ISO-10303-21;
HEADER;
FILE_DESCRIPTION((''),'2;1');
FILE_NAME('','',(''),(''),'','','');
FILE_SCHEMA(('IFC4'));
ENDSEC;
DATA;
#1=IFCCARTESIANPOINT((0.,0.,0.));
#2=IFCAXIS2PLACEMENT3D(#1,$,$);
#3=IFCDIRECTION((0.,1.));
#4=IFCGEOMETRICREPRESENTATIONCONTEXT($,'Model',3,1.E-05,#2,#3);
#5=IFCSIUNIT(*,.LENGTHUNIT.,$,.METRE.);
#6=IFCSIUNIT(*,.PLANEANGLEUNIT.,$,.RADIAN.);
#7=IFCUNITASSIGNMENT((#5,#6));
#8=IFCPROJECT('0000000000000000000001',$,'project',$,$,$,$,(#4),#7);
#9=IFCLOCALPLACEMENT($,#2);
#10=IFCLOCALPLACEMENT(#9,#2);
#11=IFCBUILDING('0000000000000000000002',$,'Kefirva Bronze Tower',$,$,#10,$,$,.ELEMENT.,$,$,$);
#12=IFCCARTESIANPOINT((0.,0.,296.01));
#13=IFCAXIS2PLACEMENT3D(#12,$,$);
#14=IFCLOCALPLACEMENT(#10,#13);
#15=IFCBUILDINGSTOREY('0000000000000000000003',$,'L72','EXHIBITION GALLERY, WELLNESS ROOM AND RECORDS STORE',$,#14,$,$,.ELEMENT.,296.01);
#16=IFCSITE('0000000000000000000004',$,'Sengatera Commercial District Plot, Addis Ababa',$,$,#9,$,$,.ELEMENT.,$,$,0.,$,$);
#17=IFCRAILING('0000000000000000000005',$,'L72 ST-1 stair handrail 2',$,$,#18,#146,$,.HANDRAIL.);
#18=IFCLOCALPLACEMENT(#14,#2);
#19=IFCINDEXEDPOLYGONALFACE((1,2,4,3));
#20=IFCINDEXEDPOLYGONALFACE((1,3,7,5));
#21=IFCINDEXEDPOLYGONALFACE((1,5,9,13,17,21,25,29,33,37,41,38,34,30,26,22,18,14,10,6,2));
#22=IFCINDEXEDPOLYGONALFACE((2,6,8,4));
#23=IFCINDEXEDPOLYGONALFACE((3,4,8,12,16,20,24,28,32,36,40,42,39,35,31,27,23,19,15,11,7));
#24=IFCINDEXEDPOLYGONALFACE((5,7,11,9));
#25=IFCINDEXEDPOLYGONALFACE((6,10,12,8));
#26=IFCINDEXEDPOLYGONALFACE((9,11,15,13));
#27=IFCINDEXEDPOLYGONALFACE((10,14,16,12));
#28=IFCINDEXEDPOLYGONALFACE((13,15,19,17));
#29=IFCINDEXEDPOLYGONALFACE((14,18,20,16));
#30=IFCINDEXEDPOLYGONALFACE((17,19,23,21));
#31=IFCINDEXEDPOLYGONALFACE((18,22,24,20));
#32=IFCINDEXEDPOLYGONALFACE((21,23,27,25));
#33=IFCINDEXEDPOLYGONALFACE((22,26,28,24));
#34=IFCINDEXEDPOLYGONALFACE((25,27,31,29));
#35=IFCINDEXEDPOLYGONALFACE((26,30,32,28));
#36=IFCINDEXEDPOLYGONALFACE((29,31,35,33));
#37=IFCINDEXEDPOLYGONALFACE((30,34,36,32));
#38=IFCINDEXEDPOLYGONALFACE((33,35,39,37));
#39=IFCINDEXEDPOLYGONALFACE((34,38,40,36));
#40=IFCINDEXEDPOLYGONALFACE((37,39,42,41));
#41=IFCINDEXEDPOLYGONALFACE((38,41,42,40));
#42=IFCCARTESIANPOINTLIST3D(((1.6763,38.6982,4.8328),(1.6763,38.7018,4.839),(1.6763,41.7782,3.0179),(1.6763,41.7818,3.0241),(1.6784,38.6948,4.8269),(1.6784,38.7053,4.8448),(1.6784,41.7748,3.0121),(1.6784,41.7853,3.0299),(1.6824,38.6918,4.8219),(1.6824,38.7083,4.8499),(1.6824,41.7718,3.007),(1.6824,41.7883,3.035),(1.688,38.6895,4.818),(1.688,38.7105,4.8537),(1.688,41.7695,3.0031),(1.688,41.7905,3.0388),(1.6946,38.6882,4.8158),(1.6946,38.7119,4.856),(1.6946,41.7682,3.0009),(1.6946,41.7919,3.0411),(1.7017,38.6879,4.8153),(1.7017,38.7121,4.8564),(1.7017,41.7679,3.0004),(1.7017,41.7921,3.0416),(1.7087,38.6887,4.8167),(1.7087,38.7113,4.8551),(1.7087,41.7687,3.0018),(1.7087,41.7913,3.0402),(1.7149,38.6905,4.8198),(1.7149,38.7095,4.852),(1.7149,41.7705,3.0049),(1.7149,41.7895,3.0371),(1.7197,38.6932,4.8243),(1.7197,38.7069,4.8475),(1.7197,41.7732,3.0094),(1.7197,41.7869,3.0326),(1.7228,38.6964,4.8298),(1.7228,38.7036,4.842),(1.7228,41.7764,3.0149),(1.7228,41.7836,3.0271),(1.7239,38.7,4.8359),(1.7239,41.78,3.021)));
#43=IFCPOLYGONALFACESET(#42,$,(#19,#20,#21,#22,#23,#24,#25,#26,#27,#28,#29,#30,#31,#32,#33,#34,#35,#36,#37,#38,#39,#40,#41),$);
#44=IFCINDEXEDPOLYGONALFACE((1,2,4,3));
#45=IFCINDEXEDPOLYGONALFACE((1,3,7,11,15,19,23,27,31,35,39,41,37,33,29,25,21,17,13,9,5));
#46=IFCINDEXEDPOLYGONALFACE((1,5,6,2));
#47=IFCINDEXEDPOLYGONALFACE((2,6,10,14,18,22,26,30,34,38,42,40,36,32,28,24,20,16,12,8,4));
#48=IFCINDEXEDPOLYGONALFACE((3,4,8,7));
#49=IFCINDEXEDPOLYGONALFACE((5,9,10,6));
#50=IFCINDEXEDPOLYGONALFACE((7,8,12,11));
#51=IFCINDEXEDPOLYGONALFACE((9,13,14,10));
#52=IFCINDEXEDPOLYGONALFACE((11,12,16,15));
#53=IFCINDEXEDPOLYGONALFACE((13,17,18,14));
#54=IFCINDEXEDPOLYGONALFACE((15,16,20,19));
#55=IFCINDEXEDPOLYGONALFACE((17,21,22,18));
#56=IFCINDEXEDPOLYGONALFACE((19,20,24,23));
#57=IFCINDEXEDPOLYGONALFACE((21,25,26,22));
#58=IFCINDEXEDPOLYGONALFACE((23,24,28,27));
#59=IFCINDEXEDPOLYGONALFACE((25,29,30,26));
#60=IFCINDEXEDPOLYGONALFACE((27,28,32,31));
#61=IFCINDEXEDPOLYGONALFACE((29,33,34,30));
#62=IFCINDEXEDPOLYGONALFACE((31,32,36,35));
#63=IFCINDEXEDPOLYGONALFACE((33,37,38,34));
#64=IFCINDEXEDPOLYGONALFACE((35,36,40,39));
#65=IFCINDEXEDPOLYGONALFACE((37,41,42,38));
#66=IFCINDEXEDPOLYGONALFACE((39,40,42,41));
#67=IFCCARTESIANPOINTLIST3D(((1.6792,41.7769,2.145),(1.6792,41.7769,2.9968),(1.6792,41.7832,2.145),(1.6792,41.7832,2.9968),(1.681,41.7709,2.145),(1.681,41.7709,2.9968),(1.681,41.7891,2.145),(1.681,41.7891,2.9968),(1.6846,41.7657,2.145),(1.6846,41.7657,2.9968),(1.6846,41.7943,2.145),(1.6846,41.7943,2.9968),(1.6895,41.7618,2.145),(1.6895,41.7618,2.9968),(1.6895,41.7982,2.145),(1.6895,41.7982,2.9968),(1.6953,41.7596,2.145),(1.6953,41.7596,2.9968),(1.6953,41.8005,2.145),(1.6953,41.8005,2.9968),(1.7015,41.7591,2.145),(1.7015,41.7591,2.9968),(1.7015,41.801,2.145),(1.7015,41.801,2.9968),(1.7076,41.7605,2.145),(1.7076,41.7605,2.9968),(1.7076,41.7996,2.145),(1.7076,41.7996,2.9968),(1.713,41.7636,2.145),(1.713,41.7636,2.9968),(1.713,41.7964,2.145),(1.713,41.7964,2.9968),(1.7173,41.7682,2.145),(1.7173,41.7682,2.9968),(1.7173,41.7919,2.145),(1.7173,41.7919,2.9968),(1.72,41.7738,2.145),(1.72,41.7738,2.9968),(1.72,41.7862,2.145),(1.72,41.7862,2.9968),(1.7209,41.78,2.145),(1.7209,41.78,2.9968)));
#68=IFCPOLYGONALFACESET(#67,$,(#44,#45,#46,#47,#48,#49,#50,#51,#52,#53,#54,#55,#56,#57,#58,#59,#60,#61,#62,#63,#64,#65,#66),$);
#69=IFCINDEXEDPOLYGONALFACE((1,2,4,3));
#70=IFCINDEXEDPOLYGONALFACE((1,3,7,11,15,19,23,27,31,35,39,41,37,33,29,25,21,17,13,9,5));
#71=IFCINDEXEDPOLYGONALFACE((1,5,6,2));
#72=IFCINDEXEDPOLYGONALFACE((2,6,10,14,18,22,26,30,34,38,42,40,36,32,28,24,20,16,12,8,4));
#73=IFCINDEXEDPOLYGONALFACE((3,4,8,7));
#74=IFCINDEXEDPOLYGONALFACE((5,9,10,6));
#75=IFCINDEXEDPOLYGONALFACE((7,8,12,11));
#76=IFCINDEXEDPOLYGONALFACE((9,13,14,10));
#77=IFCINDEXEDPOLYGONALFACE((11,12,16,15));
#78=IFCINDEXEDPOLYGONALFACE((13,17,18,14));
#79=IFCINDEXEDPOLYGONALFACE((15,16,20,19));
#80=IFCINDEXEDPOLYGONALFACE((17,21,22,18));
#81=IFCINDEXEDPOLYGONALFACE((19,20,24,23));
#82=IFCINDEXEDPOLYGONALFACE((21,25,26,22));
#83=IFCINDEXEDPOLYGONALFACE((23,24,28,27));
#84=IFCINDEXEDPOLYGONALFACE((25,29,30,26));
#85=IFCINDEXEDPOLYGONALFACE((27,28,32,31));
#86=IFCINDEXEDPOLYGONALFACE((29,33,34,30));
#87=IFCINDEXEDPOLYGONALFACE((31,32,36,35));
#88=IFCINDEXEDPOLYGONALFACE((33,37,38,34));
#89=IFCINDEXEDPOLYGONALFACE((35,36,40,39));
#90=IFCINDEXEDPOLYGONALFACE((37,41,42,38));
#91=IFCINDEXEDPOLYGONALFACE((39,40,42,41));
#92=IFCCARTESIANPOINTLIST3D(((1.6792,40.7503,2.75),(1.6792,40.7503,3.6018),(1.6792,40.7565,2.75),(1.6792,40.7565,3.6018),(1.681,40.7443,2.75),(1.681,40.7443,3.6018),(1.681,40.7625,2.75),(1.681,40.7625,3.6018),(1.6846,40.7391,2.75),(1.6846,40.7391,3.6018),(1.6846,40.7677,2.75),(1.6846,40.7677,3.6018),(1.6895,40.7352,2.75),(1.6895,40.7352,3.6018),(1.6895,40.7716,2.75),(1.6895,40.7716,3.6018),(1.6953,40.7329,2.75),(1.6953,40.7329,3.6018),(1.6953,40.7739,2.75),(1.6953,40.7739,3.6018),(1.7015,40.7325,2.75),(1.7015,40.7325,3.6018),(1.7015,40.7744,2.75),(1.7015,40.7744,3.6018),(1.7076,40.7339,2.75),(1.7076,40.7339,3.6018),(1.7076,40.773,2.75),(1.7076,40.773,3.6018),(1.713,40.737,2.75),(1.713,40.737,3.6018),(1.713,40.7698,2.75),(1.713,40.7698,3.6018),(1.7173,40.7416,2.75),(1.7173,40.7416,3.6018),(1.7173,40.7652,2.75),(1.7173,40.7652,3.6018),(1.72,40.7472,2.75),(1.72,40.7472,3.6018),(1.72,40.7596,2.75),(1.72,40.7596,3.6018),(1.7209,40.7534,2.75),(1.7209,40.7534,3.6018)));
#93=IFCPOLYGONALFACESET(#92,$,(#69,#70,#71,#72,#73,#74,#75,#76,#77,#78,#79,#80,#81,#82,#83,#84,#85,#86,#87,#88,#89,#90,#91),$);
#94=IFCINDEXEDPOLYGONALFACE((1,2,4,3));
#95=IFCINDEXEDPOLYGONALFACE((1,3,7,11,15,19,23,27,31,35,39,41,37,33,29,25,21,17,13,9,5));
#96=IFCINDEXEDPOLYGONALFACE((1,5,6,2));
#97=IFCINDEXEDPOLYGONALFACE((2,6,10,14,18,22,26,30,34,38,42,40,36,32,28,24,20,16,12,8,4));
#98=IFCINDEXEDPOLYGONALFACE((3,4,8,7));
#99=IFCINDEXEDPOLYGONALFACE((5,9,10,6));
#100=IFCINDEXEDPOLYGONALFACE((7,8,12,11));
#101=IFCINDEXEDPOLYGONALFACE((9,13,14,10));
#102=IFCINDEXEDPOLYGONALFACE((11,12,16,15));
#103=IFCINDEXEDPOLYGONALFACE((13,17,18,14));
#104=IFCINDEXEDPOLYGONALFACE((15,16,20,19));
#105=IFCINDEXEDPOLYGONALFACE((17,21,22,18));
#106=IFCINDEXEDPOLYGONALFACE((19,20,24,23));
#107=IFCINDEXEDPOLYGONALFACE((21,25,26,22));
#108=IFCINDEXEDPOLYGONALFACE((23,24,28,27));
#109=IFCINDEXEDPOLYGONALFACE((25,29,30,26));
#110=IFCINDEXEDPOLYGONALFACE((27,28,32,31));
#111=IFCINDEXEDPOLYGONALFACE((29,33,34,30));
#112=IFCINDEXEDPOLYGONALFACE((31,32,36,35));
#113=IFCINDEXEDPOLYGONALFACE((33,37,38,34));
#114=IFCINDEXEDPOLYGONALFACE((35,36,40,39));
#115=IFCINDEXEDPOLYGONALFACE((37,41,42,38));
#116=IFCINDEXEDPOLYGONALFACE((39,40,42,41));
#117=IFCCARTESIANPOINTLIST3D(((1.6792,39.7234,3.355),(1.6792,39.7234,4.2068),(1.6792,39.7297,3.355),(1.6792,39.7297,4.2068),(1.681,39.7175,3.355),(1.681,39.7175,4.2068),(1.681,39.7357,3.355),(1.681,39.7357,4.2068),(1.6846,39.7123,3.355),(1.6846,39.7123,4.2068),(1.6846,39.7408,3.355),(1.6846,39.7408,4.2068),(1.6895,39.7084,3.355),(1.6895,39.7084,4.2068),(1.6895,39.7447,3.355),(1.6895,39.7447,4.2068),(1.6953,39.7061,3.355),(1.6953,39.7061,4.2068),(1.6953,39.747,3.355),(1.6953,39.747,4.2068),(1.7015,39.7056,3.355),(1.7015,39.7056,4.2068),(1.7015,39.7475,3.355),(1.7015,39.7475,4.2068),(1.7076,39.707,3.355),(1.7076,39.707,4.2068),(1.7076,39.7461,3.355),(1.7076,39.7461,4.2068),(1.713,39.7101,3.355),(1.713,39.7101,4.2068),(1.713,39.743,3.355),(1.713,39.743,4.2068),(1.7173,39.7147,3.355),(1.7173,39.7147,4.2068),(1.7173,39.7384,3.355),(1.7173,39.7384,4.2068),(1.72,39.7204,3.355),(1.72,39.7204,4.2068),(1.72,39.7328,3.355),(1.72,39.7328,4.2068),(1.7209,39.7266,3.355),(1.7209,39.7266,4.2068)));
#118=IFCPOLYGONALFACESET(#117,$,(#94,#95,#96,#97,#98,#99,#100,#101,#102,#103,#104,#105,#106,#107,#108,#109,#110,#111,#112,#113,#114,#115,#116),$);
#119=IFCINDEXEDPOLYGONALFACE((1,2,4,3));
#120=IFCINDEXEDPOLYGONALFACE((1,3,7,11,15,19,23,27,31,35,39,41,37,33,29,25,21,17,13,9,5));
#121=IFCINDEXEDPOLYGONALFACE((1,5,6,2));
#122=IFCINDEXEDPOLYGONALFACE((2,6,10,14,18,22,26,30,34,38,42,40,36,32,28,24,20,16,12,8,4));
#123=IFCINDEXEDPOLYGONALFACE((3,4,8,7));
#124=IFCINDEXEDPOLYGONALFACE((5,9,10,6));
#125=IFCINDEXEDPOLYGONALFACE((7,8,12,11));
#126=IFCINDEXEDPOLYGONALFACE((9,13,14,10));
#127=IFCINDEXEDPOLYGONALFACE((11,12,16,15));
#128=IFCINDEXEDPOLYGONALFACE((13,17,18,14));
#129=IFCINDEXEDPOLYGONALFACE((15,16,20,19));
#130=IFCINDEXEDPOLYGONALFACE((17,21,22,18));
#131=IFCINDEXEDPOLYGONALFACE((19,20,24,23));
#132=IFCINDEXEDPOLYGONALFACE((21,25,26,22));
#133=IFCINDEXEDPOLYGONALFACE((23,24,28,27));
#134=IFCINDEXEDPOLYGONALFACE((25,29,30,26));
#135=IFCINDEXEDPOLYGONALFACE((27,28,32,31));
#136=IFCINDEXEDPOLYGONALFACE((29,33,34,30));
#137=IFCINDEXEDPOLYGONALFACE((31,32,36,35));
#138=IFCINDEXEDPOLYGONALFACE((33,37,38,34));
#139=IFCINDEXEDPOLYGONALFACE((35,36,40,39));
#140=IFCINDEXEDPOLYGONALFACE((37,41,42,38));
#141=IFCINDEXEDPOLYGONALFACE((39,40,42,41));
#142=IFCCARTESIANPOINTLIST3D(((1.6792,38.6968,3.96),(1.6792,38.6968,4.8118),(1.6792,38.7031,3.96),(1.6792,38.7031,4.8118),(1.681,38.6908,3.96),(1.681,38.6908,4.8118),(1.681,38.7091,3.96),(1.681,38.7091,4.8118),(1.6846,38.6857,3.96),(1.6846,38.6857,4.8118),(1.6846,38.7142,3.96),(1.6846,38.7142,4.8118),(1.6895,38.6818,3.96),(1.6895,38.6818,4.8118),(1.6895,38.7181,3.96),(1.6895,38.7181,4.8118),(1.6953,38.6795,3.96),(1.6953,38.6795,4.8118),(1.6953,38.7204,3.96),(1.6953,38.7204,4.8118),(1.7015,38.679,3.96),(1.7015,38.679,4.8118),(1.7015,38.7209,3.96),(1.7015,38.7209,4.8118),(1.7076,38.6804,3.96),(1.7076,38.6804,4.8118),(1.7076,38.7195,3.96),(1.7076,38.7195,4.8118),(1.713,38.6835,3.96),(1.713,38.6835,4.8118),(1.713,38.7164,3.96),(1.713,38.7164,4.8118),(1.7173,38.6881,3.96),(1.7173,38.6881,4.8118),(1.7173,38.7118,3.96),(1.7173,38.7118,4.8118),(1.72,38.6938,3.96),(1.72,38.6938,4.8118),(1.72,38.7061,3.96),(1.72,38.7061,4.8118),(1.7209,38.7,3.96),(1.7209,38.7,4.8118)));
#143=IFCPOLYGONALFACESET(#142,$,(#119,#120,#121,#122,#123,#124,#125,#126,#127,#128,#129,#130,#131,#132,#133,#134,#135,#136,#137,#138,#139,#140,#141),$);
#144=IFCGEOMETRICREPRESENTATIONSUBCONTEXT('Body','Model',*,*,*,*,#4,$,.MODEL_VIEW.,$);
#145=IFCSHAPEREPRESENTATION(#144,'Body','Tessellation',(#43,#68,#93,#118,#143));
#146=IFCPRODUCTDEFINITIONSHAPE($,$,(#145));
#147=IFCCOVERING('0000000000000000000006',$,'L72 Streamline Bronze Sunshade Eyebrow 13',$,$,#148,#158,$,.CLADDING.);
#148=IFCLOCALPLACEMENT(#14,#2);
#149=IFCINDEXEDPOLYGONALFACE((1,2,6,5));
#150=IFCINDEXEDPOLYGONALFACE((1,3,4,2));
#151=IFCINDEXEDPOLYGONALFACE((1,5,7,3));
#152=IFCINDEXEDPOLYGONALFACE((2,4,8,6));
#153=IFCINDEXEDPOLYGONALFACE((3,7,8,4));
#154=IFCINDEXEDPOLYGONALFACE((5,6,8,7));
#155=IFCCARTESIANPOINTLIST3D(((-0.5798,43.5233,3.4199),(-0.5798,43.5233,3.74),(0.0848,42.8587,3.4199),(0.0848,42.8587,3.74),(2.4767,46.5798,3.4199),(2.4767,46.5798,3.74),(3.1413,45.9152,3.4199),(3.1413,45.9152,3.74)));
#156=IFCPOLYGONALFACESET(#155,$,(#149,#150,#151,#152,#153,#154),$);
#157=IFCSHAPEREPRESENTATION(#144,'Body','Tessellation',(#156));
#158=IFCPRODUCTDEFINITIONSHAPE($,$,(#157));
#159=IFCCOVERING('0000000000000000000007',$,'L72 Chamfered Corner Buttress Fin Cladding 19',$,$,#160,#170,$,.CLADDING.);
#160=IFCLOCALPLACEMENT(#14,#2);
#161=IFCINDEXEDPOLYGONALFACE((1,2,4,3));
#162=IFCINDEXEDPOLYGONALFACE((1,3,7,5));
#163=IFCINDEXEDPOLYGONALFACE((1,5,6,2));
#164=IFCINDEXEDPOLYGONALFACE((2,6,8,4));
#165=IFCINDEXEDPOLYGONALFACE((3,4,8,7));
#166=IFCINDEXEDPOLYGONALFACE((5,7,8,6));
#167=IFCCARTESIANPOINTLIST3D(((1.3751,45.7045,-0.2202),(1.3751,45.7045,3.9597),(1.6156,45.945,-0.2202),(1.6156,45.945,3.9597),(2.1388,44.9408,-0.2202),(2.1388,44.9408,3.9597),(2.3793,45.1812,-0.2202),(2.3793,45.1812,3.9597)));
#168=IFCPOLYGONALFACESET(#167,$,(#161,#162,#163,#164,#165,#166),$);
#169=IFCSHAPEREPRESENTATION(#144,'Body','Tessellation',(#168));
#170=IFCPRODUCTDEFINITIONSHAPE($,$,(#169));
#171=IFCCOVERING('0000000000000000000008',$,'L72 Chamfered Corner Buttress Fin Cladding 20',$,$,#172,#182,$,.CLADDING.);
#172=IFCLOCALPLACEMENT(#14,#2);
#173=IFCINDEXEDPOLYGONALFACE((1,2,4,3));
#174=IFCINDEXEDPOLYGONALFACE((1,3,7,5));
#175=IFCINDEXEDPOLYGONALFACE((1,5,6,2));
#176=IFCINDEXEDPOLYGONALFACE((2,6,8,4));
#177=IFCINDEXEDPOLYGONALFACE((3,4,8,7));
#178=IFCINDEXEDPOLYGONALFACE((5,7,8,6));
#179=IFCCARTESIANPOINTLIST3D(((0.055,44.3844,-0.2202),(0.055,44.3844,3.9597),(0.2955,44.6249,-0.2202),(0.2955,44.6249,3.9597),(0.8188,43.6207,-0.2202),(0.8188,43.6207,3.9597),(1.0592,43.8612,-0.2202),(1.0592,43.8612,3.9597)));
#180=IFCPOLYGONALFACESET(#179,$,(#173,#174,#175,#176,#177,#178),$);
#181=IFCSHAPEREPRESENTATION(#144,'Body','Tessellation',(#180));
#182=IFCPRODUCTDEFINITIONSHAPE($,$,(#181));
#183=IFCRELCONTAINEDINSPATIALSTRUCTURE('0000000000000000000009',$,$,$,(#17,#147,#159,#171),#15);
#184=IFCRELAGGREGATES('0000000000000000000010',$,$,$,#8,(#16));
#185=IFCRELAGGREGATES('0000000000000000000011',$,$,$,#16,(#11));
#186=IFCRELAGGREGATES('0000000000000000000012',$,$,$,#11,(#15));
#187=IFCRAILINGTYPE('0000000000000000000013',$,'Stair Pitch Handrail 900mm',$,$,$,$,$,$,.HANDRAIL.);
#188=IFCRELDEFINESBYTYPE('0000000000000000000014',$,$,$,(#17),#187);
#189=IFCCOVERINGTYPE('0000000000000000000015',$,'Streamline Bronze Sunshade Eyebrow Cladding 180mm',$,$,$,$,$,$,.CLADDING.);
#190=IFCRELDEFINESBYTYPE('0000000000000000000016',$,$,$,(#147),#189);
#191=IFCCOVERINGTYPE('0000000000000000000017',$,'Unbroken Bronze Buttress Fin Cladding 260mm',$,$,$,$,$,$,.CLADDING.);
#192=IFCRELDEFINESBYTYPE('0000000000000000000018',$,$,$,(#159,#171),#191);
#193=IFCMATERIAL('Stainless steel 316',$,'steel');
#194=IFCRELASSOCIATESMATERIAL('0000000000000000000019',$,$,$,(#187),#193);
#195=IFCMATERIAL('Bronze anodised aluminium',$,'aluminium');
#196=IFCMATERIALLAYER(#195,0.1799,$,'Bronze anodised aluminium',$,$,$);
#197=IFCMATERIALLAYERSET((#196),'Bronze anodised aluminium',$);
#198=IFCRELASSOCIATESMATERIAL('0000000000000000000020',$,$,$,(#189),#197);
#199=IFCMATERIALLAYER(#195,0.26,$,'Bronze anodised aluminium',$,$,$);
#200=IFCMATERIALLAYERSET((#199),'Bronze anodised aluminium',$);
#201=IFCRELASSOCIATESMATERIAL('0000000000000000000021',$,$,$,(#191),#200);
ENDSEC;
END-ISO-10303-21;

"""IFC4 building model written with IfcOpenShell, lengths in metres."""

from ifc_helpers import new_model, si_unit, direction, frame, origin, origin_2d, place, context, subcontext, project, spatial, rectangle, circle, extrude, material, layer, layer_set, type_object, element, save


model = new_model("IFC4")

# Units and contexts
model_context = context("Model", 3, precision=1e-05, world=origin(), true_north=direction((0.0, 1.0)))
body_context = subcontext(model_context, "Body", "Model", "MODEL_VIEW")
ifc_project = project(units=[si_unit("LENGTHUNIT", "METRE"), si_unit("PLANEANGLEUNIT", "RADIAN")], contexts=[model_context])

# Site, building, storey
site_placement = place(None, origin())
site = spatial("IfcSite", under=ifc_project, at=site_placement, Name="Sengatera Commercial District Plot, Addis Ababa", CompositionType="ELEMENT", RefElevation=0.0)
building_placement = place(site_placement, origin())
building = spatial("IfcBuilding", under=site, at=building_placement, Name="Kefirva Bronze Tower", CompositionType="ELEMENT")
storey_placement = place(building_placement, frame((0.0, 0.0, 296.01)))
storey = spatial("IfcBuildingStorey", under=building, at=storey_placement, Name="L72", Description="EXHIBITION GALLERY, WELLNESS ROOM AND RECORDS STORE", CompositionType="ELEMENT", Elevation=296.01)

# Shared definitions
ifc_material_1 = material(Name="Bronze anodised aluminium", Category="aluminium")

# Railing
ifc_material_2 = material(Name="Stainless steel 316", Category="steel")
railing_type_1 = type_object("IfcRailingType", Name="Stair Pitch Handrail 900mm", PredefinedType="HANDRAIL", material=ifc_material_2)
railing_1_placement = place(storey_placement, frame((1.7, 41.78, 2.145)))
element("IfcRailing", 1, at=railing_1_placement, inside=storey, type_object=railing_type_1, Name="L72 ST-1 stair handrail 2", PredefinedType="HANDRAIL", context=body_context, shape_type="SweptSolid", body=[
    extrude(circle(Radius=0.0239, at=origin_2d()), frame((0.0, 0.0, 0.876), z_axis=(0.0, -0.861551, 0.507671), x_axis=(1.0, 0.0, 0.0)), (0.0, 0.0, 1.0), 3.575),
    extrude(circle(Radius=0.021, at=origin_2d()), origin(), (0.0, 0.0, 1.0), 0.8518),
    extrude(circle(Radius=0.021, at=origin_2d()), frame((0.0, -1.0266, 0.605)), (0.0, 0.0, 1.0), 0.8518),
    extrude(circle(Radius=0.021, at=origin_2d()), frame((0.0, -2.0535, 1.21)), (0.0, 0.0, 1.0), 0.8518),
    extrude(circle(Radius=0.021, at=origin_2d()), frame((0.0, -3.0801, 1.8149)), (0.0, 0.0, 1.0), 0.8518),
])

# Coverings
ifc_layer_1 = layer(ifc_material_1, 0.1799, Name="Bronze anodised aluminium")
ifc_layer_set_1 = layer_set([ifc_layer_1], Name="Bronze anodised aluminium")
covering_type_1 = type_object("IfcCoveringType", Name="Streamline Bronze Sunshade Eyebrow Cladding 180mm", PredefinedType="CLADDING", material=ifc_layer_set_1)
covering_1_placement = place(storey_placement, frame((1.2808, 44.7192, 3.4199), z_axis=(0.0, 0.0, 1.0), x_axis=(-0.707107, -0.707107, 0.0)))
element("IfcCovering", 2, at=covering_1_placement, inside=storey, type_object=covering_type_1, Name="L72 Streamline Bronze Sunshade Eyebrow 13", PredefinedType="CLADDING", context=body_context, shape_type="SweptSolid", body=[
    extrude(rectangle(XDim=4.3225, YDim=0.9399, at=origin_2d()), origin(), (0.0, 0.0, 1.0), 0.3201),
])
ifc_layer_2 = layer(ifc_material_1, 0.26, Name="Bronze anodised aluminium")
ifc_layer_set_2 = layer_set([ifc_layer_2], Name="Bronze anodised aluminium")
covering_type_2 = type_object("IfcCoveringType", Name="Unbroken Bronze Buttress Fin Cladding 260mm", PredefinedType="CLADDING", material=ifc_layer_set_2)
for number, where, z_axis, x_axis, name in (
    (3, (1.8772, 45.4429, -0.2202), (0.0, 0.0, 1.0), (-0.707107, -0.707107, 0.0), "L72 Chamfered Corner Buttress Fin Cladding 19"),
    (4, (0.5571, 44.1228, -0.2202), (0.0, 0.0, 1.0), (-0.707107, -0.707107, 0.0), "L72 Chamfered Corner Buttress Fin Cladding 20"),
):
    element("IfcCovering", number, at=place(storey_placement, frame(where, z_axis=z_axis, x_axis=x_axis)), inside=storey, type_object=covering_type_2, Name=name, PredefinedType="CLADDING", context=body_context, shape_type="SweptSolid", body=[
        extrude(rectangle(XDim=0.3401, YDim=1.0801, at=origin_2d()), origin(), (0.0, 0.0, 1.0), 4.1799),
    ])

save(model, "model.ifc")
